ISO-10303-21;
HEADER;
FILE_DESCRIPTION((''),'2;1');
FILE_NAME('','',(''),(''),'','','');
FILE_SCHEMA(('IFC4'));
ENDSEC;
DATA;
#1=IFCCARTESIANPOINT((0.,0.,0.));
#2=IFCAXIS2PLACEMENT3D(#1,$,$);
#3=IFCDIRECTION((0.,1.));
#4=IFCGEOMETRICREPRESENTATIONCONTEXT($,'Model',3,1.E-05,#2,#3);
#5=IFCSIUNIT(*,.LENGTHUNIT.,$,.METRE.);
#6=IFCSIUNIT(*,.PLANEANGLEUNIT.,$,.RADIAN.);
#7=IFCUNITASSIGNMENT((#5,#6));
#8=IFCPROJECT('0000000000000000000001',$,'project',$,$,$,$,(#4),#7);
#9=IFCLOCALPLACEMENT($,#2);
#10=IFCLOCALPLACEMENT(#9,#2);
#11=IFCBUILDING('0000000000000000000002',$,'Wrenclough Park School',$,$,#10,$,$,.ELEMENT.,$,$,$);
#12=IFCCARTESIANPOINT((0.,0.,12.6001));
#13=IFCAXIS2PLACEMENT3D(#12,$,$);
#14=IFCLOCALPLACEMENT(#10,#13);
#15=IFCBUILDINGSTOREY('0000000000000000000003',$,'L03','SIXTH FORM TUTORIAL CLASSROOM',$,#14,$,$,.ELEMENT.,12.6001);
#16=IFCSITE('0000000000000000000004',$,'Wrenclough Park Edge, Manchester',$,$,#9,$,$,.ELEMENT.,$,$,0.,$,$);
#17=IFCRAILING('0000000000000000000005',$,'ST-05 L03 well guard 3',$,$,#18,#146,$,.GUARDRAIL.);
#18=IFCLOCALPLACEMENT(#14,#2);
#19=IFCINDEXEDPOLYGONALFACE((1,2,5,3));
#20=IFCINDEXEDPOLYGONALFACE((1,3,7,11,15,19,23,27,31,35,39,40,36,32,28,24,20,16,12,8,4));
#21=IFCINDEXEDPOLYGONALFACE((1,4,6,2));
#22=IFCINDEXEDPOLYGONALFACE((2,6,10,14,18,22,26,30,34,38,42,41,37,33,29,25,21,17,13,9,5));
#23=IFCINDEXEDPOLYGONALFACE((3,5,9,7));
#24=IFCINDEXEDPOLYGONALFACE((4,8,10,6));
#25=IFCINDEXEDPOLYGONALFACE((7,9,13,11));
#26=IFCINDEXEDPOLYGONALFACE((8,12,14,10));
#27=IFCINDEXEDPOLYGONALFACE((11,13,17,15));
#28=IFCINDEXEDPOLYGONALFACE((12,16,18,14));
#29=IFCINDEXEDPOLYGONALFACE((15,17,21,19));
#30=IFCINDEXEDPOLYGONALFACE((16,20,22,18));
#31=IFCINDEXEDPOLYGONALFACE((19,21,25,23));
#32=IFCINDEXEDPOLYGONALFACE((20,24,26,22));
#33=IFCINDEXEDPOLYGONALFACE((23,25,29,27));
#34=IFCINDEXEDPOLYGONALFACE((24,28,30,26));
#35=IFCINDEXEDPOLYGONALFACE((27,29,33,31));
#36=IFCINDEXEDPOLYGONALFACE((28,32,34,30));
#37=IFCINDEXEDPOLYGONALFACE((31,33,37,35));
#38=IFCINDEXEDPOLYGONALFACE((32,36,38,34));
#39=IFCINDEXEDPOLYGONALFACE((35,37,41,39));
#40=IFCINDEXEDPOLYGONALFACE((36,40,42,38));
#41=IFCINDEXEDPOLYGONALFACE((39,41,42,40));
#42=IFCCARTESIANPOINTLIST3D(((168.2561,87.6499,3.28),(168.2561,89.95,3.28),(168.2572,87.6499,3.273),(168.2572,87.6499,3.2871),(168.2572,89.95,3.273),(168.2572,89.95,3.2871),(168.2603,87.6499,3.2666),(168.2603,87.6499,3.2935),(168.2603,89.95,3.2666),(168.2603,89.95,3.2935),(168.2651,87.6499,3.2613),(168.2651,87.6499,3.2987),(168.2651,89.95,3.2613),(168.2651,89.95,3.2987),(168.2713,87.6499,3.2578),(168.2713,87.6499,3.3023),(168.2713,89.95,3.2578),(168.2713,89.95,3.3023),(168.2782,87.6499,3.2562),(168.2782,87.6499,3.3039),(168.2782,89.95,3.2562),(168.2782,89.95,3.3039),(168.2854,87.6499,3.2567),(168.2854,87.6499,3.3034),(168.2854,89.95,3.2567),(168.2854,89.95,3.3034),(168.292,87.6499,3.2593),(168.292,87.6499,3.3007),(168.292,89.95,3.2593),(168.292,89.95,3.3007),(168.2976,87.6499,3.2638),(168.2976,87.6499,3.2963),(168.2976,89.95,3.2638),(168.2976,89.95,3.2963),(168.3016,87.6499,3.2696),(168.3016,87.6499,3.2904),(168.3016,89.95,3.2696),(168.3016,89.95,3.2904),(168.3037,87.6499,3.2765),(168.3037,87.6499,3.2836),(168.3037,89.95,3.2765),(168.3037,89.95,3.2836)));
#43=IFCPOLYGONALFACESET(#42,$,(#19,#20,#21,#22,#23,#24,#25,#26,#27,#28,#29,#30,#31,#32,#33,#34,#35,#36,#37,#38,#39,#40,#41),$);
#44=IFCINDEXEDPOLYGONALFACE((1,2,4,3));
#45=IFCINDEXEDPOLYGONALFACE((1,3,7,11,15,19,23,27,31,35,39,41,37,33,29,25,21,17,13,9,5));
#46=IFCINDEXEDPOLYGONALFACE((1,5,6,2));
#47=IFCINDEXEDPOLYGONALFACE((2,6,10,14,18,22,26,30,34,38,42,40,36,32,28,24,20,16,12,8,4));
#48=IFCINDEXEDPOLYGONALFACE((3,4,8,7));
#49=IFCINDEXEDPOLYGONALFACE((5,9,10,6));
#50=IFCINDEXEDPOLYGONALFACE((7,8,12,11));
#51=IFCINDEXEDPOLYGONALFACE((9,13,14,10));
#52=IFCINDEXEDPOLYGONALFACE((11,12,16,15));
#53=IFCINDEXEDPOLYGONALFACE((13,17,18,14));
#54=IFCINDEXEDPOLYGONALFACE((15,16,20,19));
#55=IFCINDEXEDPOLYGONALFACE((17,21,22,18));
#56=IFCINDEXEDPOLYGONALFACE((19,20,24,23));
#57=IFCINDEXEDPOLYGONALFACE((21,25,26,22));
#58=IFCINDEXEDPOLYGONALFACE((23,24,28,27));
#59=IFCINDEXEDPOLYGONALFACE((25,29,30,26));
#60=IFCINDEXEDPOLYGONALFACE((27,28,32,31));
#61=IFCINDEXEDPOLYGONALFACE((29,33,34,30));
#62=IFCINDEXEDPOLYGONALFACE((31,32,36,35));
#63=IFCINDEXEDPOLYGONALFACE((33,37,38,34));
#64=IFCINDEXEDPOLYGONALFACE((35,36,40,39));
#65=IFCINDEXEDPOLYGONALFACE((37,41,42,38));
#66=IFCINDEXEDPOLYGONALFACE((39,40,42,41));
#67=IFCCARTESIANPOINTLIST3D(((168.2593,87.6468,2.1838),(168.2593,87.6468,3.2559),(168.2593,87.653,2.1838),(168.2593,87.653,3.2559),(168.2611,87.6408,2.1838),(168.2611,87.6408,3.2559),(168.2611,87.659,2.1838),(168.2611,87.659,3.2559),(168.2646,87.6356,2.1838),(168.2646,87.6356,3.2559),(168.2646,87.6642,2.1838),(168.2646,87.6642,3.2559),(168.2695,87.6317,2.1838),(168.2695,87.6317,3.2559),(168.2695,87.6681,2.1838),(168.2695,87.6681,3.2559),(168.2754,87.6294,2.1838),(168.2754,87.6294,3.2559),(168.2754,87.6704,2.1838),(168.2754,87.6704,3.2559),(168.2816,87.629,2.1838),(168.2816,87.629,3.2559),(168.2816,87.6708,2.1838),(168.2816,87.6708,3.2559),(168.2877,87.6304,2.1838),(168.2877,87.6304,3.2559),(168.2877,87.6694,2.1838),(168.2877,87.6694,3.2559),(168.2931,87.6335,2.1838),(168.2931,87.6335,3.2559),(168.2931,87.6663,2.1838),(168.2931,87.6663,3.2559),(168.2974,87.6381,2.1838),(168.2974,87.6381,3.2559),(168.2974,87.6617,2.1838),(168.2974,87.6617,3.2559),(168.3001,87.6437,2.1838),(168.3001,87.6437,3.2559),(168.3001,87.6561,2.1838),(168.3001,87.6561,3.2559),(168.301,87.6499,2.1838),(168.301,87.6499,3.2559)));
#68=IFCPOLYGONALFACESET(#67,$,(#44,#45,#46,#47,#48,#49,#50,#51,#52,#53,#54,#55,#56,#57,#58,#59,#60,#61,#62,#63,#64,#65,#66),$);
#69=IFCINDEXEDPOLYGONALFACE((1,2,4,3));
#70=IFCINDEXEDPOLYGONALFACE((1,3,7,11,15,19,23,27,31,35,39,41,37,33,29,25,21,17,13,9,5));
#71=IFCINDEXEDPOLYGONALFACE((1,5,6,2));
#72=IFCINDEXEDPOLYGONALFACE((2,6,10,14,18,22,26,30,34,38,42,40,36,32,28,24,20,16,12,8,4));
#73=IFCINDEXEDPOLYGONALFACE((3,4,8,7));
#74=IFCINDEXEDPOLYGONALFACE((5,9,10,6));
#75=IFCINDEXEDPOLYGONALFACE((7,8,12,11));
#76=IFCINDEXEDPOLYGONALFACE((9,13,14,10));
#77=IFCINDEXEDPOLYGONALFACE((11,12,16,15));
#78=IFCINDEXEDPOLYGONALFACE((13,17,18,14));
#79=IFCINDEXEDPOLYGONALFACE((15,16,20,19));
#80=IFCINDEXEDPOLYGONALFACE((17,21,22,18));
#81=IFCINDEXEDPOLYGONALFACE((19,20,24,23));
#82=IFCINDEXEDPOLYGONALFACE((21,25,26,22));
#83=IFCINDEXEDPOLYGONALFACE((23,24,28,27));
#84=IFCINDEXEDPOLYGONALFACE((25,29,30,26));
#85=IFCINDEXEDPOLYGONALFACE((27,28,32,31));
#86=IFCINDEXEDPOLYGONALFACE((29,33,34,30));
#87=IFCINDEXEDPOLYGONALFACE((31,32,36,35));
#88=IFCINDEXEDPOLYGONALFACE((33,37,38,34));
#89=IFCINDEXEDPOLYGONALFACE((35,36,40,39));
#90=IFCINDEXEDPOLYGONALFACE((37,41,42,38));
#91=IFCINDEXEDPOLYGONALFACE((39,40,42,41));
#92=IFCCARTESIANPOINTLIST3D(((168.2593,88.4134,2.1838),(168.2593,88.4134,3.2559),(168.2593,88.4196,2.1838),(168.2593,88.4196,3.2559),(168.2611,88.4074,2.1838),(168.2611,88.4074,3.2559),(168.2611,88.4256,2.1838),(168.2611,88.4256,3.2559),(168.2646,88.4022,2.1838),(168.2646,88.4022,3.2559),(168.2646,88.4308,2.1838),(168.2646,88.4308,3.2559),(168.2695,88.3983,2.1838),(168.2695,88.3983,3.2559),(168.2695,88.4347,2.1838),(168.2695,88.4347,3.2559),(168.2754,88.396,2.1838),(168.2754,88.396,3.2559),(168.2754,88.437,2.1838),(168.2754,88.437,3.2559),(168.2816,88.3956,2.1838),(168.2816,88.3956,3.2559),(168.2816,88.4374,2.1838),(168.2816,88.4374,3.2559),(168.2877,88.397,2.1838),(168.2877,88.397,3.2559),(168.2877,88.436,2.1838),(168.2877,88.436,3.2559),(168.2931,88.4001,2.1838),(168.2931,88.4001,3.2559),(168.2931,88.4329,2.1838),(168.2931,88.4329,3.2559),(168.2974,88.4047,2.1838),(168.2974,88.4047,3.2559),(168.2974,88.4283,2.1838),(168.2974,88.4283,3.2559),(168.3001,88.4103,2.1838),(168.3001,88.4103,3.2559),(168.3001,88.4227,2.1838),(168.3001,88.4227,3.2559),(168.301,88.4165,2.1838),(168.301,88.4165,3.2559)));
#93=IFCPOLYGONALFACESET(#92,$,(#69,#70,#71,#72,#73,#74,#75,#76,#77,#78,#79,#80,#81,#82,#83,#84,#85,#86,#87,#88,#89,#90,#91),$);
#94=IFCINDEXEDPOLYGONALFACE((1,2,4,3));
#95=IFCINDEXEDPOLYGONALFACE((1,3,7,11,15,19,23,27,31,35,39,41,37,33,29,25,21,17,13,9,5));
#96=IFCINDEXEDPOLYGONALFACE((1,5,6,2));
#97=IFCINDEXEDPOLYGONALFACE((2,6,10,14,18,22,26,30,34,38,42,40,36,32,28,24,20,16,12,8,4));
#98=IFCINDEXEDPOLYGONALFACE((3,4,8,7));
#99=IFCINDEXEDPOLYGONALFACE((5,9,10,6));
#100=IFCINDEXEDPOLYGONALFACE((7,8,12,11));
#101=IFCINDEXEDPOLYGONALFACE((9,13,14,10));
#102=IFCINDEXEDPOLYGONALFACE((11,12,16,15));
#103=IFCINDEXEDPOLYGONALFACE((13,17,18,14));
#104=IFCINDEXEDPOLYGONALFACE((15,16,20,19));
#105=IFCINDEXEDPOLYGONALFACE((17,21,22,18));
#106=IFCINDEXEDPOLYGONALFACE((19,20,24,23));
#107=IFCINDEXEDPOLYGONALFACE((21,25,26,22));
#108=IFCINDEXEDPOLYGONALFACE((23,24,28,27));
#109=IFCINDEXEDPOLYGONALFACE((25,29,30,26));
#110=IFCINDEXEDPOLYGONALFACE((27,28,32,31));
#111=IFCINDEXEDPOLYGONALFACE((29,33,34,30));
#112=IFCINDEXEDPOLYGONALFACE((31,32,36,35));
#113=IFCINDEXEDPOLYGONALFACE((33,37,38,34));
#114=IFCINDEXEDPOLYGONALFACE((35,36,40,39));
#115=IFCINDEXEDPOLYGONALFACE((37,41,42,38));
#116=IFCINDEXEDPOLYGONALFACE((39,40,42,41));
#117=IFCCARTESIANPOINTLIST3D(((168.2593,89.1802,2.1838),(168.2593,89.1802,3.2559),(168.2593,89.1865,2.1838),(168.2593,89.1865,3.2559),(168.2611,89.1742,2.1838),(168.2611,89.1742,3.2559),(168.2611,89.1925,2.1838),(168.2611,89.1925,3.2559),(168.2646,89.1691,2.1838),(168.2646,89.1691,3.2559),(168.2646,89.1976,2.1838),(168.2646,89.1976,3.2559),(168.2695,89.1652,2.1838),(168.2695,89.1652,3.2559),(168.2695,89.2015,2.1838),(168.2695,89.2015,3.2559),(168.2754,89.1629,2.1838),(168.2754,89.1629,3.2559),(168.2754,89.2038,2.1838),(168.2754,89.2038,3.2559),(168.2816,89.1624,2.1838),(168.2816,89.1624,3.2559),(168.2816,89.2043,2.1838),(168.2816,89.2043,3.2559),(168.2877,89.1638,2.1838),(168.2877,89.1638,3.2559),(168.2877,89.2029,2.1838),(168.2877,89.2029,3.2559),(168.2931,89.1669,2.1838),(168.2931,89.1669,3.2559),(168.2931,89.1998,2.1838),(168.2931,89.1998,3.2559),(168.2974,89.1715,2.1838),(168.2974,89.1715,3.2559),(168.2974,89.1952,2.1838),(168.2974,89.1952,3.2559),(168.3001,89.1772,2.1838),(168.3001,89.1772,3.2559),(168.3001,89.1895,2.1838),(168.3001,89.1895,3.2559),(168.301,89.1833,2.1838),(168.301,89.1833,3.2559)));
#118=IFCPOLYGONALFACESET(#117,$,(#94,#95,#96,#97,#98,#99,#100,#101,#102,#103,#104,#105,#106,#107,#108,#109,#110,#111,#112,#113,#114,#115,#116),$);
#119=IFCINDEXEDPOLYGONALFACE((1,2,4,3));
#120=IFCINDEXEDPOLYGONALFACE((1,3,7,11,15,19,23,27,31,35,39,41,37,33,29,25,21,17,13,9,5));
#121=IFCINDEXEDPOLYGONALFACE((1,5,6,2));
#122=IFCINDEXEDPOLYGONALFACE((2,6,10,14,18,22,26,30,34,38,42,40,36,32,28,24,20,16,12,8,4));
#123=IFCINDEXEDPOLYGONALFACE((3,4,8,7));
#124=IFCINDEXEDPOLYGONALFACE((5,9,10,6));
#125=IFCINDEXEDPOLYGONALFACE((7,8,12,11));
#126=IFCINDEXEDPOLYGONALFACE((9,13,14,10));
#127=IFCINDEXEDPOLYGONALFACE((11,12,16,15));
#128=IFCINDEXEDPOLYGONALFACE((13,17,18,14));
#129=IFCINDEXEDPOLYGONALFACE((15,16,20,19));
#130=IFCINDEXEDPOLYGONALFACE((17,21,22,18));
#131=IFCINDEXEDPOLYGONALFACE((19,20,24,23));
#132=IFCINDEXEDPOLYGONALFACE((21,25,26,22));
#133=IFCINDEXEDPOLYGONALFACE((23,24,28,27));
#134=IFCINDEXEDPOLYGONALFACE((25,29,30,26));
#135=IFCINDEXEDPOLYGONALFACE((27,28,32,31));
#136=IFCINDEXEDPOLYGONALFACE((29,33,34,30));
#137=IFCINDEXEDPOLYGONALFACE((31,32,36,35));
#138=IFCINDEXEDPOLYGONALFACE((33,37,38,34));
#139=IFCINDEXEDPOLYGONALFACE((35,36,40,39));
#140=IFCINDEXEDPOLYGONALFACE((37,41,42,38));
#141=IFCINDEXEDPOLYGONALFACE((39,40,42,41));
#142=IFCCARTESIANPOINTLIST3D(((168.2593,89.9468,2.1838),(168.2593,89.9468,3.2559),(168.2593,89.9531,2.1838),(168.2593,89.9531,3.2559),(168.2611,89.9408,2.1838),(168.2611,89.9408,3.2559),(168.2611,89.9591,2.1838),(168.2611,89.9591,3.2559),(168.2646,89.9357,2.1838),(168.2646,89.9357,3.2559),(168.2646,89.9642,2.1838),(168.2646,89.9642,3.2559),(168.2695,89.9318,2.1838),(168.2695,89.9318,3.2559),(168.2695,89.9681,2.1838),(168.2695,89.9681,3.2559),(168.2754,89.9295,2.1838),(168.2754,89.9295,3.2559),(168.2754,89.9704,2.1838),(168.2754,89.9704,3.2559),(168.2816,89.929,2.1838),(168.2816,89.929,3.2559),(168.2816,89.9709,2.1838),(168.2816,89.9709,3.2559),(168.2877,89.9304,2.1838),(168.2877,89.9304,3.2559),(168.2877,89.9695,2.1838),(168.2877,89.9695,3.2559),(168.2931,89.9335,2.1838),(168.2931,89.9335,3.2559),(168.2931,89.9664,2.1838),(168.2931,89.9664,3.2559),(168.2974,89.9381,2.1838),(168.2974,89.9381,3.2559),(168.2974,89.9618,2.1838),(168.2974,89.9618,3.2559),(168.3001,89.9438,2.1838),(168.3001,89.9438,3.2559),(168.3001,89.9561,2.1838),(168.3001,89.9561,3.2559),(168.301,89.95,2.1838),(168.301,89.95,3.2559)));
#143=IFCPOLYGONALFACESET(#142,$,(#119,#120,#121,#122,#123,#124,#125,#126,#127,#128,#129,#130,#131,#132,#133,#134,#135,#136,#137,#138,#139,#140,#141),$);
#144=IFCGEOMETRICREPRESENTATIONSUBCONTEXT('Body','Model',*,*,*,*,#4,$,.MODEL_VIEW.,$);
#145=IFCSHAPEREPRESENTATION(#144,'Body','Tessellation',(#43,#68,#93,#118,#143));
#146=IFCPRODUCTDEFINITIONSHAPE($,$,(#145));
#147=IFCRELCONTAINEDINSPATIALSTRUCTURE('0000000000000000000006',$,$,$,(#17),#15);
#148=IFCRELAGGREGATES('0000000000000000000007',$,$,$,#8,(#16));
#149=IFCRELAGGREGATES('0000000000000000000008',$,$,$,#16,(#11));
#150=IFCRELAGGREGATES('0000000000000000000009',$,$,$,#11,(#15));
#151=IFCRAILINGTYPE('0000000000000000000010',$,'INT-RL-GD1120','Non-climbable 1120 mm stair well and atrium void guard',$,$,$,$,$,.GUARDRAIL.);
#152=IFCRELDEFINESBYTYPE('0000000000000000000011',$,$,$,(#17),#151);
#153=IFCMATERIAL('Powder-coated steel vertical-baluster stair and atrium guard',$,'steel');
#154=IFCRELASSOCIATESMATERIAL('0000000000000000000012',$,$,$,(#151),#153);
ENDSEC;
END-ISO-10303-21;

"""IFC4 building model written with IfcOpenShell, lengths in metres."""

from ifc_helpers import new_model, si_unit, direction, frame, origin, origin_2d, place, context, subcontext, project, spatial, circle, extrude, material, type_object, element, save


model = new_model("IFC4")

# Units and contexts
model_context = context("Model", 3, precision=1e-05, world=origin(), true_north=direction((0.0, 1.0)))
body_context = subcontext(model_context, "Body", "Model", "MODEL_VIEW")
ifc_project = project(units=[si_unit("LENGTHUNIT", "METRE"), si_unit("PLANEANGLEUNIT", "RADIAN")], contexts=[model_context])

# Site, building, storey
site_placement = place(None, origin())
site = spatial("IfcSite", under=ifc_project, at=site_placement, Name="Wrenclough Park Edge, Manchester", CompositionType="ELEMENT", RefElevation=0.0)
building_placement = place(site_placement, origin())
building = spatial("IfcBuilding", under=site, at=building_placement, Name="Wrenclough Park School", CompositionType="ELEMENT")
storey_placement = place(building_placement, frame((0.0, 0.0, 12.6001)))
storey = spatial("IfcBuildingStorey", under=building, at=storey_placement, Name="L03", Description="SIXTH FORM TUTORIAL CLASSROOM", CompositionType="ELEMENT", Elevation=12.6001)

# Railing
ifc_material_1 = material(Name="Powder-coated steel vertical-baluster stair and atrium guard", Category="steel")
railing_type_1 = type_object("IfcRailingType", Name="INT-RL-GD1120", Description="Non-climbable 1120 mm stair well and atrium void guard", PredefinedType="GUARDRAIL", material=ifc_material_1)
railing_1_placement = place(storey_placement, frame((168.28, 87.6499, 2.1838)))
element("IfcRailing", 1, at=railing_1_placement, inside=storey, type_object=railing_type_1, Name="ST-05 L03 well guard 3", PredefinedType="GUARDRAIL", context=body_context, shape_type="SweptSolid", body=[
    extrude(circle(Radius=0.0239, at=origin_2d()), frame((0.0, 0.0, 1.0962), z_axis=(0.0, 1.0, 0.0), x_axis=(-1.0, 0.0, 0.0)), (0.0, 0.0, 1.0), 2.3),
    extrude(circle(Radius=0.021, at=origin_2d()), origin(), (0.0, 0.0, 1.0), 1.072),
    extrude(circle(Radius=0.021, at=origin_2d()), frame((0.0, 0.7666, 0.0)), (0.0, 0.0, 1.0), 1.072),
    extrude(circle(Radius=0.021, at=origin_2d()), frame((0.0, 1.5334, 0.0)), (0.0, 0.0, 1.0), 1.072),
    extrude(circle(Radius=0.021, at=origin_2d()), frame((0.0, 2.3, 0.0)), (0.0, 0.0, 1.0), 1.072),
])

save(model, "model.ifc")
